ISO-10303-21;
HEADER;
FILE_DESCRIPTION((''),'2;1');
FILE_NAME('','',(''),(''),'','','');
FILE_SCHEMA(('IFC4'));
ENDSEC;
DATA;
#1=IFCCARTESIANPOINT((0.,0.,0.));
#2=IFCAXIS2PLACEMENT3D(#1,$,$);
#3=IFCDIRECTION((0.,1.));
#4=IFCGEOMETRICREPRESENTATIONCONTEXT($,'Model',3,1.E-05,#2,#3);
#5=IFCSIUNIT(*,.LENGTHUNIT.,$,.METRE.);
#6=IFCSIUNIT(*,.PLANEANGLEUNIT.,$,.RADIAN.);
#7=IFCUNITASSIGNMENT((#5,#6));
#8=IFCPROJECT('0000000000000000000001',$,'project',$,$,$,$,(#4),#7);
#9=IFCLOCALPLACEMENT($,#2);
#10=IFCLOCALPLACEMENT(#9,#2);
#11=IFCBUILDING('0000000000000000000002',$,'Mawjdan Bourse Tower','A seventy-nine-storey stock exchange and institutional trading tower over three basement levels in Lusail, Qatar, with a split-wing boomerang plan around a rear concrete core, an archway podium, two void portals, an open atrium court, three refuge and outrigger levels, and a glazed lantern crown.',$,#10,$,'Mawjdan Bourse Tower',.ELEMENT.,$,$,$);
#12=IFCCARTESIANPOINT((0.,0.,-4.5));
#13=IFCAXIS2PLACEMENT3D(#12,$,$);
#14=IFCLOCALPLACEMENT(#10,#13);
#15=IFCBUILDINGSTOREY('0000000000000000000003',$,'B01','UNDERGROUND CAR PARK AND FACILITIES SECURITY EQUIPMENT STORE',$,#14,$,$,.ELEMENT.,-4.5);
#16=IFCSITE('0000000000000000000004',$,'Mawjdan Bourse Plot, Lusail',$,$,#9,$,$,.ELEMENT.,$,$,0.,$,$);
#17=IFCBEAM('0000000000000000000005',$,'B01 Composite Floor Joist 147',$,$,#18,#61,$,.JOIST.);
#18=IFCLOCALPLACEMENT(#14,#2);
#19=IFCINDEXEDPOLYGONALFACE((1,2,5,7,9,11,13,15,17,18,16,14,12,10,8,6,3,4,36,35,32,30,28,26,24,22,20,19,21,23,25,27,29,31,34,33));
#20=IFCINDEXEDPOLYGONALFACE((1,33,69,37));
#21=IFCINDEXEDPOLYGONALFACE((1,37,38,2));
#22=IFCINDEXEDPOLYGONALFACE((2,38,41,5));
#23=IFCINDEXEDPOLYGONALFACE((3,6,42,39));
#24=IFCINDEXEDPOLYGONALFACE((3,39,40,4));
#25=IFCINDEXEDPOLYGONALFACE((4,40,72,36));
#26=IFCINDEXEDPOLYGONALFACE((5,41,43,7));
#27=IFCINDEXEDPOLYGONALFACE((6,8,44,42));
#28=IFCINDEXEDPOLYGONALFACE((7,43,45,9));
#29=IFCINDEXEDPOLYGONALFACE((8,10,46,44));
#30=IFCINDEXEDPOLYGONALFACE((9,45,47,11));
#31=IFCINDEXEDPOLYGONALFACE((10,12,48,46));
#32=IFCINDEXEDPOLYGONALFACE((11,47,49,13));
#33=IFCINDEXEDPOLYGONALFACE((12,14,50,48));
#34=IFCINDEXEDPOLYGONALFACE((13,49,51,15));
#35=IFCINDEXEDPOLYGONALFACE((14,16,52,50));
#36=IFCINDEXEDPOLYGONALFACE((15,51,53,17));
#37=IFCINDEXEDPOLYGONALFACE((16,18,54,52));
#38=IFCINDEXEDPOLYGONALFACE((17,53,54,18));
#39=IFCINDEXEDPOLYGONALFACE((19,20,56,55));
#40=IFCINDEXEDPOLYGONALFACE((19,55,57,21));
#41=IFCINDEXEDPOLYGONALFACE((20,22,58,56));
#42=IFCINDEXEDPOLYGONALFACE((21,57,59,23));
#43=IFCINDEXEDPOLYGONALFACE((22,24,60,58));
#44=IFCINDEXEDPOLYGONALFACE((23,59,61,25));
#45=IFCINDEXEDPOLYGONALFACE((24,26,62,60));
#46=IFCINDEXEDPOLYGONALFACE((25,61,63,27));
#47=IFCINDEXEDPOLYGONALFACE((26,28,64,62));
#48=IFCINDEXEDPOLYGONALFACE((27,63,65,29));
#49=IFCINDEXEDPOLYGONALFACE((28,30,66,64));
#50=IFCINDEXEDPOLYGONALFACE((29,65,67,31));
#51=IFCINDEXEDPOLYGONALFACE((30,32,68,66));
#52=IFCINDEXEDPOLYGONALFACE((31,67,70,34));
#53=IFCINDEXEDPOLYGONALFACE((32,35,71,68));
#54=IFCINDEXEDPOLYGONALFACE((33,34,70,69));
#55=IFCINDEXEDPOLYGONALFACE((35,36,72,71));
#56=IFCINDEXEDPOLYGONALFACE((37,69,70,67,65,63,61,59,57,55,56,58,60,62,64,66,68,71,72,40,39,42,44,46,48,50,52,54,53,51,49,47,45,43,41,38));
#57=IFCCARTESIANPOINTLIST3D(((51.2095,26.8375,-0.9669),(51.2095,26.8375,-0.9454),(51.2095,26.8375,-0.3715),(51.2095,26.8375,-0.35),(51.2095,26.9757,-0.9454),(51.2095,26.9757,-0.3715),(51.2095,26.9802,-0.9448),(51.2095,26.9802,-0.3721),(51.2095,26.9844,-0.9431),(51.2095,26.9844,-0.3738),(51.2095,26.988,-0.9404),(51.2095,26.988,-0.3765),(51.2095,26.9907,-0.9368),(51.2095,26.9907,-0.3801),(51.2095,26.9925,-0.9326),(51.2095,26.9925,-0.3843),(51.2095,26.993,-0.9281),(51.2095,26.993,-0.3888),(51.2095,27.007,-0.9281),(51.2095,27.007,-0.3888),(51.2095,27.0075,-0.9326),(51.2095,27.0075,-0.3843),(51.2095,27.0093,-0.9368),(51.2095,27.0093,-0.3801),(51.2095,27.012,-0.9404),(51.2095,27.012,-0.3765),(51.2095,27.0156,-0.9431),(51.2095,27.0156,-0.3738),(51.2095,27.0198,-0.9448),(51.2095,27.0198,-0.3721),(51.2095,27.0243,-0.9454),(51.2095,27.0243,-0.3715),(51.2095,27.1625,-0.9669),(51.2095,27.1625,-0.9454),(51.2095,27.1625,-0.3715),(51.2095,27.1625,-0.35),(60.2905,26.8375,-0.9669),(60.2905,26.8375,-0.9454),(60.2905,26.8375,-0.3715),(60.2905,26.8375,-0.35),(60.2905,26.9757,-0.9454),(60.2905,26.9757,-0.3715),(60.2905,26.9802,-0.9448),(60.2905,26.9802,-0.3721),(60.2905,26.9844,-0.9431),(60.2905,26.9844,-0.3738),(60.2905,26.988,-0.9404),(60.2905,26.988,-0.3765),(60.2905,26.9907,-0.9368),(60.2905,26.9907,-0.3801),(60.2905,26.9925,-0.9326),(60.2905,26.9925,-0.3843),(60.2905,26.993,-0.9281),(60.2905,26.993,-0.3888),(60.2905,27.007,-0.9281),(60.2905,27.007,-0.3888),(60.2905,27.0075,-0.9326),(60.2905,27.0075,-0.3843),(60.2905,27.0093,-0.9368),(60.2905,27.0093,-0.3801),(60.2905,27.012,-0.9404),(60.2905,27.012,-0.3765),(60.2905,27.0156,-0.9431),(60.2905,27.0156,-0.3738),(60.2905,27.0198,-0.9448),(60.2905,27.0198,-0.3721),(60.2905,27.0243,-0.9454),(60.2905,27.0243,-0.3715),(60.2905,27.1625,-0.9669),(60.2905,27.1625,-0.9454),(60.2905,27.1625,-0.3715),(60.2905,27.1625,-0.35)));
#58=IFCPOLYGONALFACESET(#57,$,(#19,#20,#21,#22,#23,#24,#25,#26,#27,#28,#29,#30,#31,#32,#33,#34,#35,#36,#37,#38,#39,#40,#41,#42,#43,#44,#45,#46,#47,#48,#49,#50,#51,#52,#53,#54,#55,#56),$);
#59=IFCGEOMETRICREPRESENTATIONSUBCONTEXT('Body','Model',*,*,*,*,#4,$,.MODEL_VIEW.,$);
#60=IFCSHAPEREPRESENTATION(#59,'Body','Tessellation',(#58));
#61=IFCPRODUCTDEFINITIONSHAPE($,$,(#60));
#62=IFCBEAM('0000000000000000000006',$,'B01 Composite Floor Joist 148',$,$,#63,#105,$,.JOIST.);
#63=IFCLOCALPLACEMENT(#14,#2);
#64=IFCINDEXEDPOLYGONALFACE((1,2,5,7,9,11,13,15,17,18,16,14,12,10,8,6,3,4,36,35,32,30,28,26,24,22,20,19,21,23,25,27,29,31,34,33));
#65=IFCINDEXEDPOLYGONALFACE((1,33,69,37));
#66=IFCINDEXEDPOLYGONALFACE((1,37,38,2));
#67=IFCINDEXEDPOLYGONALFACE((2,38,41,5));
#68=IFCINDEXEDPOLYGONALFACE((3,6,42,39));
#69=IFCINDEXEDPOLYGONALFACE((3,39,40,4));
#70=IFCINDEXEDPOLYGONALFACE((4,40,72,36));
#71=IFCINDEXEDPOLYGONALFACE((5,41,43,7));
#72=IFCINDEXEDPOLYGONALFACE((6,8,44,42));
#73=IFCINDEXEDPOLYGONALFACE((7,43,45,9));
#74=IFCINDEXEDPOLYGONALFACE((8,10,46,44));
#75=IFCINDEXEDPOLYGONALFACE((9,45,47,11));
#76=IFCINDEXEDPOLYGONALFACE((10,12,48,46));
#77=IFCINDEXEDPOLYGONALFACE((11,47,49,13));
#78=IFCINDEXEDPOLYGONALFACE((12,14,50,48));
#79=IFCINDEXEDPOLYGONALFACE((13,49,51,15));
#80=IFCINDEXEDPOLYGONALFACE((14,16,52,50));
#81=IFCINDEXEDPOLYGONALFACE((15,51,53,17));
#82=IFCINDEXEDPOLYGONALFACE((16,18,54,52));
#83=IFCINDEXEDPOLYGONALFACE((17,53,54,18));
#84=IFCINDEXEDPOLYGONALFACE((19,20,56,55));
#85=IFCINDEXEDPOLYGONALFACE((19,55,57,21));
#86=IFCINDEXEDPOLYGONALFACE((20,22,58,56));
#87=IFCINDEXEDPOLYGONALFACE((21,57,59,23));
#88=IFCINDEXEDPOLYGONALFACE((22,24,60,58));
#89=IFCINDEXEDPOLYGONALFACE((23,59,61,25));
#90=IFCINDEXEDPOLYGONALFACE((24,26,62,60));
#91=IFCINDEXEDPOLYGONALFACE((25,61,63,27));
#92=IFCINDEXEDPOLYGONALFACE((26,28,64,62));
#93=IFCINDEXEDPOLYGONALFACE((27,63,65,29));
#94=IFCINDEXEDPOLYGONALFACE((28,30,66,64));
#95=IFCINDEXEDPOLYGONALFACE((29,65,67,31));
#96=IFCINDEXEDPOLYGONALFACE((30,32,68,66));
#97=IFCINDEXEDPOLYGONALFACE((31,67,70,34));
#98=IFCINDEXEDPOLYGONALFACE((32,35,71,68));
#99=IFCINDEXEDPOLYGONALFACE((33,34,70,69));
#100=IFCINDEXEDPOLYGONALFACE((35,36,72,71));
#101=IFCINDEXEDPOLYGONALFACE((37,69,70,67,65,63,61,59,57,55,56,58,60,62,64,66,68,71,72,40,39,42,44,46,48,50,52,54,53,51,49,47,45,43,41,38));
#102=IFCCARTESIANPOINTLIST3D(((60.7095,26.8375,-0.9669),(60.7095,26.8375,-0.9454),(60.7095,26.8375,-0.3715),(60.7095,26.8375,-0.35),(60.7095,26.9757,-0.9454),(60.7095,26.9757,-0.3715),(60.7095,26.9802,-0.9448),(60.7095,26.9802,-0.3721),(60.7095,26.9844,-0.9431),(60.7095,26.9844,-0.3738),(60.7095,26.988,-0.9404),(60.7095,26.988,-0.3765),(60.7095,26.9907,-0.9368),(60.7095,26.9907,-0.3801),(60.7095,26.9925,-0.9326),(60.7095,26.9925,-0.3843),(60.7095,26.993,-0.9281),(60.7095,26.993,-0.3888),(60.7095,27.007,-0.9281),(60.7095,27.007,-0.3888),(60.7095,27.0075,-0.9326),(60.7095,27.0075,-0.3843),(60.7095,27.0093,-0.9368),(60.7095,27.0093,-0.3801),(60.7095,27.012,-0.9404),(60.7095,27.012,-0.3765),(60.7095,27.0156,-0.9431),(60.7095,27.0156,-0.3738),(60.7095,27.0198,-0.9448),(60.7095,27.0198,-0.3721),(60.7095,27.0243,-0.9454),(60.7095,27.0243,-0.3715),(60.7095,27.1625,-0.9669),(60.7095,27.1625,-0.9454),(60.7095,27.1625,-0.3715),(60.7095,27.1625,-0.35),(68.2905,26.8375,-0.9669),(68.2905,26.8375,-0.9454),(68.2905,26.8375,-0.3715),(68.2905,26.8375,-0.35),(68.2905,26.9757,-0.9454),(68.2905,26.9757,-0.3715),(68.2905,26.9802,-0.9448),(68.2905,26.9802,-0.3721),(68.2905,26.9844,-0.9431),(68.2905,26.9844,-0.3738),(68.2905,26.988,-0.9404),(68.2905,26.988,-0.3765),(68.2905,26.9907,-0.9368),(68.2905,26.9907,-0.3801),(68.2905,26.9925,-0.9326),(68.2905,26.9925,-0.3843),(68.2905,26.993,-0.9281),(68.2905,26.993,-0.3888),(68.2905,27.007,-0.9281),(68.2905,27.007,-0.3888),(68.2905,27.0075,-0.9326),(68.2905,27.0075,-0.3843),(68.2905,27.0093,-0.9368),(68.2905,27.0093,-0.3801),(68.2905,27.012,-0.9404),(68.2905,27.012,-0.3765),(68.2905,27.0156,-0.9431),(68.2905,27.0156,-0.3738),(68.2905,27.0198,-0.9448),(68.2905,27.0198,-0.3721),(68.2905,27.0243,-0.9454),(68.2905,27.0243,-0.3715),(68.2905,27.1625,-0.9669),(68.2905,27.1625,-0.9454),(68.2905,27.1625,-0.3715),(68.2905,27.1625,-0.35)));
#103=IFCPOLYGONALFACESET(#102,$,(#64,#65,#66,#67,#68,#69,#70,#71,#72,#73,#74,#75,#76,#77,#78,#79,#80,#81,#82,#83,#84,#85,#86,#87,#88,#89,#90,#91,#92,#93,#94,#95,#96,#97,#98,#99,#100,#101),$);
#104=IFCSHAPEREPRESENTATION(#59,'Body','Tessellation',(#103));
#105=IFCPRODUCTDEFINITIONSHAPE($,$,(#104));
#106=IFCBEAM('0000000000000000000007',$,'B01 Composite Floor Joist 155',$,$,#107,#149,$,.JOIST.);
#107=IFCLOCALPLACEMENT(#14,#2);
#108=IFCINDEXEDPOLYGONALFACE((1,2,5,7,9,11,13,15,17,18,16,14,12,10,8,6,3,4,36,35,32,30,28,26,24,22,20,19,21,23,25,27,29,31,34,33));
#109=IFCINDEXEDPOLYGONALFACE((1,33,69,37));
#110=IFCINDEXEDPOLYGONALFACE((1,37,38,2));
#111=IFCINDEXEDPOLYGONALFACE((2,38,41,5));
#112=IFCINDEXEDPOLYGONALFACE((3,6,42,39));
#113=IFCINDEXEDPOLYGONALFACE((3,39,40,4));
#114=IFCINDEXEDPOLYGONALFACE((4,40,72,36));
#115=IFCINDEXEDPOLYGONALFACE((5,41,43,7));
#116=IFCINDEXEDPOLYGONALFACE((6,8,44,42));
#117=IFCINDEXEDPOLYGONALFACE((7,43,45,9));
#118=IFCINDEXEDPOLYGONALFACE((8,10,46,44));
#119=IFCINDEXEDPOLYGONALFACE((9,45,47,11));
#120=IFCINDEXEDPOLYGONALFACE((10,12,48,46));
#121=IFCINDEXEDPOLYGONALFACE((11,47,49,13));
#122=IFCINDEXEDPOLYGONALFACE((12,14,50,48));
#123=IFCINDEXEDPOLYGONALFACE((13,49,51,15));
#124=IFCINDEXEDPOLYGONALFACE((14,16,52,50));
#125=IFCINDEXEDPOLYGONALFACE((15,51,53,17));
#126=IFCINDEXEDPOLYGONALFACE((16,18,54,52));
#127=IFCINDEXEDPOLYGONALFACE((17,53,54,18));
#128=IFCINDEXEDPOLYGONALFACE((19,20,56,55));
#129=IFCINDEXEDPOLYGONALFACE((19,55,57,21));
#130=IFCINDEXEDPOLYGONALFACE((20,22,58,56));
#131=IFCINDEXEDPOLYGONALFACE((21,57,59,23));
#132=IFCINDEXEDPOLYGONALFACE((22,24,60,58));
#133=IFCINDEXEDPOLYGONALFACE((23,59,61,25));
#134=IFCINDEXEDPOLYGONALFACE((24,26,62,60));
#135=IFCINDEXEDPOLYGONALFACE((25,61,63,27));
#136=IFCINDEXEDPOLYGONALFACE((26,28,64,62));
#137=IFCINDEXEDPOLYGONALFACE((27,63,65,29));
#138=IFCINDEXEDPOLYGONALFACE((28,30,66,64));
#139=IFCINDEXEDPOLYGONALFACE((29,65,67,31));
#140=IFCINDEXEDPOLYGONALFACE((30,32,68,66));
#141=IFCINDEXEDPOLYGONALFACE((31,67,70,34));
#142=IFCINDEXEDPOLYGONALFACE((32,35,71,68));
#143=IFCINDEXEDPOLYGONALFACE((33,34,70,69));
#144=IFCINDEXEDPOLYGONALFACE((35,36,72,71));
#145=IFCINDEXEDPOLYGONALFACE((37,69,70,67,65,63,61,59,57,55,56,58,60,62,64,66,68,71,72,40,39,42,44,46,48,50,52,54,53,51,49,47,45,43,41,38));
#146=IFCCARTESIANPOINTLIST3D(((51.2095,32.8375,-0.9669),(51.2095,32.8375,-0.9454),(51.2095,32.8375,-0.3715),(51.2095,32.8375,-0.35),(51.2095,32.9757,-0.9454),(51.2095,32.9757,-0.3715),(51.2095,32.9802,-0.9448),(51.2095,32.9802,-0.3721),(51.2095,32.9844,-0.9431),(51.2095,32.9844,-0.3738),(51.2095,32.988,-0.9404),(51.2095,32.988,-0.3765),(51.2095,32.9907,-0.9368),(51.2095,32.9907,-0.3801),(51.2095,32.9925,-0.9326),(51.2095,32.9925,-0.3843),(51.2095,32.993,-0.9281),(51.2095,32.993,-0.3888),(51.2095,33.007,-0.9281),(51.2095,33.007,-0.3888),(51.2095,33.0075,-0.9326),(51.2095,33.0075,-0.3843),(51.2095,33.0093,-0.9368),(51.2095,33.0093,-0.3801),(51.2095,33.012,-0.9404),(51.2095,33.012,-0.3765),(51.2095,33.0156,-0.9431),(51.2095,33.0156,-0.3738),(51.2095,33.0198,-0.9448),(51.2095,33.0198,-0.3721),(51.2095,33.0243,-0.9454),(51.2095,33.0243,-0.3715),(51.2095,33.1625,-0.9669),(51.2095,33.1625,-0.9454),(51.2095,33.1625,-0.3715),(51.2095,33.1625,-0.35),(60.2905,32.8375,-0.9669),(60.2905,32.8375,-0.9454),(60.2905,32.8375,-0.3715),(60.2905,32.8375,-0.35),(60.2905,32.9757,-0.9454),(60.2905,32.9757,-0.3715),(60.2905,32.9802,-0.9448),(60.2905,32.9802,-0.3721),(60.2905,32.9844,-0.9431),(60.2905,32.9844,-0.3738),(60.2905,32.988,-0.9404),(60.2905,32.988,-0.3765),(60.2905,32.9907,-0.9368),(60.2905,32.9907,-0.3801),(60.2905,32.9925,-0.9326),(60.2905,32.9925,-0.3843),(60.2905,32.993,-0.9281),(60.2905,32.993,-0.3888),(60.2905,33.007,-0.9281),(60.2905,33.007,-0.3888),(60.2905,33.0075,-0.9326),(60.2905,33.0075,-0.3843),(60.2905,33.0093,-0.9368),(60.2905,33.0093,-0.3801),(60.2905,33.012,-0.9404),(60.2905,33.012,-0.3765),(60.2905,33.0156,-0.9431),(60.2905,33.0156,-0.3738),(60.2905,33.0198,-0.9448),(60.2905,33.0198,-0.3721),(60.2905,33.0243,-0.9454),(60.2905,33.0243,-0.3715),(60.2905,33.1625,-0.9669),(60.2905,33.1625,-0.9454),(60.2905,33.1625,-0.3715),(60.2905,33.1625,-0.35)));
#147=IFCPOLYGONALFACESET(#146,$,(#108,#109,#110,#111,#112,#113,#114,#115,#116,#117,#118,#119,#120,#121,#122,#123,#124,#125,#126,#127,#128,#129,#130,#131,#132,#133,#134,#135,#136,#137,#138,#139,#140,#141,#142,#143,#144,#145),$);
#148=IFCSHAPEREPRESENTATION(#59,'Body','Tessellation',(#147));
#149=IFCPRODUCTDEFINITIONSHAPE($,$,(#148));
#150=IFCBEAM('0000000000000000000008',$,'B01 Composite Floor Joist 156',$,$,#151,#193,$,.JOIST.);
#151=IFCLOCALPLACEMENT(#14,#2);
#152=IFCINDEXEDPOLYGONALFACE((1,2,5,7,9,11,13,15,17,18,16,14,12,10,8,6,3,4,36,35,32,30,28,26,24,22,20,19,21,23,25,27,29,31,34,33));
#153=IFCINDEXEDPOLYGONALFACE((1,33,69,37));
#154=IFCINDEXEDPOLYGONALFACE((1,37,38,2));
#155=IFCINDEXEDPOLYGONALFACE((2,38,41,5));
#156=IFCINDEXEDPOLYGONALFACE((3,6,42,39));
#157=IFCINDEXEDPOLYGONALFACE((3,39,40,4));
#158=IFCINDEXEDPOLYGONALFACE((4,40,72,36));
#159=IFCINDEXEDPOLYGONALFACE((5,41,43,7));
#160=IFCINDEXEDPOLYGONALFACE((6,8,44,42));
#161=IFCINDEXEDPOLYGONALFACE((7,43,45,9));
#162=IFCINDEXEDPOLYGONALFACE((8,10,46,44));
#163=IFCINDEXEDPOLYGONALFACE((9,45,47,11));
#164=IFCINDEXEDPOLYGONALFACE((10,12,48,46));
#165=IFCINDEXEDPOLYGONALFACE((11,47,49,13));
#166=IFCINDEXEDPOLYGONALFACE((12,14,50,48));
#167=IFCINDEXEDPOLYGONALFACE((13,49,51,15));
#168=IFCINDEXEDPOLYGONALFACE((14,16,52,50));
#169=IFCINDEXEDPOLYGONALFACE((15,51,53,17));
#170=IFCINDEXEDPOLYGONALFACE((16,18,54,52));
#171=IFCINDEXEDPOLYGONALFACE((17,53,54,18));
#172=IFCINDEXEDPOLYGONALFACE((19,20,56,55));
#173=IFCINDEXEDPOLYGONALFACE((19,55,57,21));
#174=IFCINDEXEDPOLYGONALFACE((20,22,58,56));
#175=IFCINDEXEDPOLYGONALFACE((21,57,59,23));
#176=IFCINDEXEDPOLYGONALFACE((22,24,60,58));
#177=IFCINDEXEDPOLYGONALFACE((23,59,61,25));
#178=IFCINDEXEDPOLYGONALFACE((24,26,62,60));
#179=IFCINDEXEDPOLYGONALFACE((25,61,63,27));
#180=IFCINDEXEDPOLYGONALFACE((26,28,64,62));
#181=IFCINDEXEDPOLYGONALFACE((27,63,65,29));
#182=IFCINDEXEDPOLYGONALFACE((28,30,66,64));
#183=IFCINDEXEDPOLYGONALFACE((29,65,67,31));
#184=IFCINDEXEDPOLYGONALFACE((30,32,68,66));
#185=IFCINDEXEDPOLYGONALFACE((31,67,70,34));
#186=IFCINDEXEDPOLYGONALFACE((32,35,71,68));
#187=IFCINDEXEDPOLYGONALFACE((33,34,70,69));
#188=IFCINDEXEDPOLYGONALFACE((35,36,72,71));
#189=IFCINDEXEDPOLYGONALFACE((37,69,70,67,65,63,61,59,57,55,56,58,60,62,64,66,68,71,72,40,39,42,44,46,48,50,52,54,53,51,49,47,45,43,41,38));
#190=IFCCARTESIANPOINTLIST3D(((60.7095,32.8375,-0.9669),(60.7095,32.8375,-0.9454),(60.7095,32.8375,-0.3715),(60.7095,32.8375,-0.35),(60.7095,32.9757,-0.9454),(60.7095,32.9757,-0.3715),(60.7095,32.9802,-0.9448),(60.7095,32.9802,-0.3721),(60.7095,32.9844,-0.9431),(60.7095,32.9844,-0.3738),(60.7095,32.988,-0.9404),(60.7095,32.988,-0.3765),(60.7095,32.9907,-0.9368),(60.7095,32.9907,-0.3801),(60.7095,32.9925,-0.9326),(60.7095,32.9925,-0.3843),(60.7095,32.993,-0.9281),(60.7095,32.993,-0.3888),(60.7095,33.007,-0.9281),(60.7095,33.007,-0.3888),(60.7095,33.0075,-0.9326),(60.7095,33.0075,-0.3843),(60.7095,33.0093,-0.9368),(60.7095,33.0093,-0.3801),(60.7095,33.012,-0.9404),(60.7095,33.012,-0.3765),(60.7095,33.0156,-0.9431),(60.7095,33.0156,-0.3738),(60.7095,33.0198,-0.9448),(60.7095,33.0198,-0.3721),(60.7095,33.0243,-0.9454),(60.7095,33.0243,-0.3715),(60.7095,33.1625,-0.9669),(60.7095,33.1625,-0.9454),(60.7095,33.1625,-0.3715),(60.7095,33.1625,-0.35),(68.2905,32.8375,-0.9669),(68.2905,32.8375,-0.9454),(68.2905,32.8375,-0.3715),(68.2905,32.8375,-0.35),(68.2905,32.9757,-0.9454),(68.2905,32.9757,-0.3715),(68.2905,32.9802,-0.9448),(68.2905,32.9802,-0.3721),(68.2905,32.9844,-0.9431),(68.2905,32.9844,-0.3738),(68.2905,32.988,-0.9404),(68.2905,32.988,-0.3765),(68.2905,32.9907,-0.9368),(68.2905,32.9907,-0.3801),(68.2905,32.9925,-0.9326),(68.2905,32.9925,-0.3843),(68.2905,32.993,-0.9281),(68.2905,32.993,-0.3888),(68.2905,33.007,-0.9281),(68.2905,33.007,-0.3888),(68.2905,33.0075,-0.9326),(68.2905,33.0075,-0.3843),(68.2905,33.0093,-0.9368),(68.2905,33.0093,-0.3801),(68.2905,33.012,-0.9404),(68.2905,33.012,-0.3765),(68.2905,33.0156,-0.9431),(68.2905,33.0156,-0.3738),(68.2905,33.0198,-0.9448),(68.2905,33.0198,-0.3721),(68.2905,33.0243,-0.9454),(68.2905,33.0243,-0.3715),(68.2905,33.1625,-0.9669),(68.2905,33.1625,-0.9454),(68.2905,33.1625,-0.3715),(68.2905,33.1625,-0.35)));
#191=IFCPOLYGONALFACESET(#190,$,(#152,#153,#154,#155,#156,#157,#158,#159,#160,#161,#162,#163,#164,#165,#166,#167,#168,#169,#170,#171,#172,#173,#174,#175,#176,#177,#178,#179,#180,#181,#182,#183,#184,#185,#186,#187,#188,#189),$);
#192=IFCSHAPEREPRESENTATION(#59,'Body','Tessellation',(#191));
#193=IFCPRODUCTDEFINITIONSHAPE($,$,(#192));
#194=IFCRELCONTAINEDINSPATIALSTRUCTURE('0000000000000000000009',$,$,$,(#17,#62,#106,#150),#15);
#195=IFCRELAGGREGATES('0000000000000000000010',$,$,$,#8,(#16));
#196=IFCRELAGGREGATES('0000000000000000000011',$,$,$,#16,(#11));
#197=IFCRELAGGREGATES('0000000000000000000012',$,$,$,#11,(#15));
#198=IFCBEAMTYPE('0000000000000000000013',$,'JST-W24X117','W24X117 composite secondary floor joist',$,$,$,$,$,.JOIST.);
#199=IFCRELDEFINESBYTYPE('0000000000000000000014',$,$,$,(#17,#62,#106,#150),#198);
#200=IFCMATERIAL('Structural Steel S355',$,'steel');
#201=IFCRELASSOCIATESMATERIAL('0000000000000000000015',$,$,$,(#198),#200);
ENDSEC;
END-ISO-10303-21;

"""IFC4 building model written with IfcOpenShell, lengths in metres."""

from ifc_helpers import new_model, si_unit, direction, frame, origin, origin_2d, place, context, subcontext, project, spatial, i_section, extrude, material, material_profile, profile_set, type_object, element, save


model = new_model("IFC4")

# Units and contexts
model_context = context("Model", 3, precision=1e-05, world=origin(), true_north=direction((0.0, 1.0)))
body_context = subcontext(model_context, "Body", "Model", "MODEL_VIEW")
ifc_project = project(units=[si_unit("LENGTHUNIT", "METRE"), si_unit("PLANEANGLEUNIT", "RADIAN")], contexts=[model_context])

# Site, building, storey
site_placement = place(None, origin())
site = spatial("IfcSite", under=ifc_project, at=site_placement, Name="Mawjdan Bourse Plot, Lusail", CompositionType="ELEMENT", RefElevation=0.0)
building_placement = place(site_placement, origin())
building = spatial("IfcBuilding", under=site, at=building_placement, Name="Mawjdan Bourse Tower", Description="A seventy-nine-storey stock exchange and institutional trading tower over three basement levels in Lusail, Qatar, with a split-wing boomerang plan around a rear concrete core, an archway podium, two void portals, an open atrium court, three refuge and outrigger levels, and a glazed lantern crown.", LongName="Mawjdan Bourse Tower", CompositionType="ELEMENT")
storey_placement = place(building_placement, frame((0.0, 0.0, -4.5)))
storey = spatial("IfcBuildingStorey", under=building, at=storey_placement, Name="B01", Description="UNDERGROUND CAR PARK AND FACILITIES SECURITY EQUIPMENT STORE", CompositionType="ELEMENT", Elevation=-4.5)

# Beams
ifc_material_1 = material(Name="Structural Steel S355", Category="steel")
ifc_material_profile_1 = material_profile(ifc_material_1, i_section(OverallWidth=0.325, OverallDepth=0.6169, WebThickness=0.0139, FlangeThickness=0.0215, FilletRadius=0.0173, at=origin_2d()), Name="W24X117")
ifc_profile_set_1 = profile_set([ifc_material_profile_1], Name="Structural Steel S355")
beam_type_1 = type_object("IfcBeamType", Name="JST-W24X117", Description="W24X117 composite secondary floor joist", PredefinedType="JOIST", material=ifc_profile_set_1)
beam_1_placement = place(storey_placement, frame((51.2095, 27.0, -0.6584), z_axis=(1.0, 0.0, 0.0), x_axis=(0.0, 1.0, 0.0)))
element("IfcBeam", 1, at=beam_1_placement, inside=storey, type_object=beam_type_1, Name="B01 Composite Floor Joist 147", PredefinedType="JOIST", context=body_context, shape_type="SweptSolid", body=[
    extrude(i_section(OverallWidth=0.325, OverallDepth=0.6169, WebThickness=0.0139, FlangeThickness=0.0215, FilletRadius=0.0173, at=origin_2d()), origin(), (0.0, 0.0, 1.0), 9.0811),
])
beam_2_placement = place(storey_placement, frame((60.7095, 27.0, -0.6584), z_axis=(1.0, 0.0, 0.0), x_axis=(0.0, 1.0, 0.0)))
element("IfcBeam", 2, at=beam_2_placement, inside=storey, type_object=beam_type_1, Name="B01 Composite Floor Joist 148", PredefinedType="JOIST", context=body_context, shape_type="SweptSolid", body=[
    extrude(i_section(OverallWidth=0.325, OverallDepth=0.6169, WebThickness=0.0139, FlangeThickness=0.0215, FilletRadius=0.0173, at=origin_2d()), origin(), (0.0, 0.0, 1.0), 7.5811),
])
beam_3_placement = place(storey_placement, frame((51.2095, 33.0, -0.6584), z_axis=(1.0, 0.0, 0.0), x_axis=(0.0, 1.0, 0.0)))
element("IfcBeam", 3, at=beam_3_placement, inside=storey, type_object=beam_type_1, Name="B01 Composite Floor Joist 155", PredefinedType="JOIST", context=body_context, shape_type="SweptSolid", body=[
    extrude(i_section(OverallWidth=0.325, OverallDepth=0.6169, WebThickness=0.0139, FlangeThickness=0.0215, FilletRadius=0.0173, at=origin_2d()), origin(), (0.0, 0.0, 1.0), 9.0811),
])
beam_4_placement = place(storey_placement, frame((60.7095, 33.0, -0.6584), z_axis=(1.0, 0.0, 0.0), x_axis=(0.0, 1.0, 0.0)))
element("IfcBeam", 4, at=beam_4_placement, inside=storey, type_object=beam_type_1, Name="B01 Composite Floor Joist 156", PredefinedType="JOIST", context=body_context, shape_type="SweptSolid", body=[
    extrude(i_section(OverallWidth=0.325, OverallDepth=0.6169, WebThickness=0.0139, FlangeThickness=0.0215, FilletRadius=0.0173, at=origin_2d()), origin(), (0.0, 0.0, 1.0), 7.5811),
])

save(model, "model.ifc")
